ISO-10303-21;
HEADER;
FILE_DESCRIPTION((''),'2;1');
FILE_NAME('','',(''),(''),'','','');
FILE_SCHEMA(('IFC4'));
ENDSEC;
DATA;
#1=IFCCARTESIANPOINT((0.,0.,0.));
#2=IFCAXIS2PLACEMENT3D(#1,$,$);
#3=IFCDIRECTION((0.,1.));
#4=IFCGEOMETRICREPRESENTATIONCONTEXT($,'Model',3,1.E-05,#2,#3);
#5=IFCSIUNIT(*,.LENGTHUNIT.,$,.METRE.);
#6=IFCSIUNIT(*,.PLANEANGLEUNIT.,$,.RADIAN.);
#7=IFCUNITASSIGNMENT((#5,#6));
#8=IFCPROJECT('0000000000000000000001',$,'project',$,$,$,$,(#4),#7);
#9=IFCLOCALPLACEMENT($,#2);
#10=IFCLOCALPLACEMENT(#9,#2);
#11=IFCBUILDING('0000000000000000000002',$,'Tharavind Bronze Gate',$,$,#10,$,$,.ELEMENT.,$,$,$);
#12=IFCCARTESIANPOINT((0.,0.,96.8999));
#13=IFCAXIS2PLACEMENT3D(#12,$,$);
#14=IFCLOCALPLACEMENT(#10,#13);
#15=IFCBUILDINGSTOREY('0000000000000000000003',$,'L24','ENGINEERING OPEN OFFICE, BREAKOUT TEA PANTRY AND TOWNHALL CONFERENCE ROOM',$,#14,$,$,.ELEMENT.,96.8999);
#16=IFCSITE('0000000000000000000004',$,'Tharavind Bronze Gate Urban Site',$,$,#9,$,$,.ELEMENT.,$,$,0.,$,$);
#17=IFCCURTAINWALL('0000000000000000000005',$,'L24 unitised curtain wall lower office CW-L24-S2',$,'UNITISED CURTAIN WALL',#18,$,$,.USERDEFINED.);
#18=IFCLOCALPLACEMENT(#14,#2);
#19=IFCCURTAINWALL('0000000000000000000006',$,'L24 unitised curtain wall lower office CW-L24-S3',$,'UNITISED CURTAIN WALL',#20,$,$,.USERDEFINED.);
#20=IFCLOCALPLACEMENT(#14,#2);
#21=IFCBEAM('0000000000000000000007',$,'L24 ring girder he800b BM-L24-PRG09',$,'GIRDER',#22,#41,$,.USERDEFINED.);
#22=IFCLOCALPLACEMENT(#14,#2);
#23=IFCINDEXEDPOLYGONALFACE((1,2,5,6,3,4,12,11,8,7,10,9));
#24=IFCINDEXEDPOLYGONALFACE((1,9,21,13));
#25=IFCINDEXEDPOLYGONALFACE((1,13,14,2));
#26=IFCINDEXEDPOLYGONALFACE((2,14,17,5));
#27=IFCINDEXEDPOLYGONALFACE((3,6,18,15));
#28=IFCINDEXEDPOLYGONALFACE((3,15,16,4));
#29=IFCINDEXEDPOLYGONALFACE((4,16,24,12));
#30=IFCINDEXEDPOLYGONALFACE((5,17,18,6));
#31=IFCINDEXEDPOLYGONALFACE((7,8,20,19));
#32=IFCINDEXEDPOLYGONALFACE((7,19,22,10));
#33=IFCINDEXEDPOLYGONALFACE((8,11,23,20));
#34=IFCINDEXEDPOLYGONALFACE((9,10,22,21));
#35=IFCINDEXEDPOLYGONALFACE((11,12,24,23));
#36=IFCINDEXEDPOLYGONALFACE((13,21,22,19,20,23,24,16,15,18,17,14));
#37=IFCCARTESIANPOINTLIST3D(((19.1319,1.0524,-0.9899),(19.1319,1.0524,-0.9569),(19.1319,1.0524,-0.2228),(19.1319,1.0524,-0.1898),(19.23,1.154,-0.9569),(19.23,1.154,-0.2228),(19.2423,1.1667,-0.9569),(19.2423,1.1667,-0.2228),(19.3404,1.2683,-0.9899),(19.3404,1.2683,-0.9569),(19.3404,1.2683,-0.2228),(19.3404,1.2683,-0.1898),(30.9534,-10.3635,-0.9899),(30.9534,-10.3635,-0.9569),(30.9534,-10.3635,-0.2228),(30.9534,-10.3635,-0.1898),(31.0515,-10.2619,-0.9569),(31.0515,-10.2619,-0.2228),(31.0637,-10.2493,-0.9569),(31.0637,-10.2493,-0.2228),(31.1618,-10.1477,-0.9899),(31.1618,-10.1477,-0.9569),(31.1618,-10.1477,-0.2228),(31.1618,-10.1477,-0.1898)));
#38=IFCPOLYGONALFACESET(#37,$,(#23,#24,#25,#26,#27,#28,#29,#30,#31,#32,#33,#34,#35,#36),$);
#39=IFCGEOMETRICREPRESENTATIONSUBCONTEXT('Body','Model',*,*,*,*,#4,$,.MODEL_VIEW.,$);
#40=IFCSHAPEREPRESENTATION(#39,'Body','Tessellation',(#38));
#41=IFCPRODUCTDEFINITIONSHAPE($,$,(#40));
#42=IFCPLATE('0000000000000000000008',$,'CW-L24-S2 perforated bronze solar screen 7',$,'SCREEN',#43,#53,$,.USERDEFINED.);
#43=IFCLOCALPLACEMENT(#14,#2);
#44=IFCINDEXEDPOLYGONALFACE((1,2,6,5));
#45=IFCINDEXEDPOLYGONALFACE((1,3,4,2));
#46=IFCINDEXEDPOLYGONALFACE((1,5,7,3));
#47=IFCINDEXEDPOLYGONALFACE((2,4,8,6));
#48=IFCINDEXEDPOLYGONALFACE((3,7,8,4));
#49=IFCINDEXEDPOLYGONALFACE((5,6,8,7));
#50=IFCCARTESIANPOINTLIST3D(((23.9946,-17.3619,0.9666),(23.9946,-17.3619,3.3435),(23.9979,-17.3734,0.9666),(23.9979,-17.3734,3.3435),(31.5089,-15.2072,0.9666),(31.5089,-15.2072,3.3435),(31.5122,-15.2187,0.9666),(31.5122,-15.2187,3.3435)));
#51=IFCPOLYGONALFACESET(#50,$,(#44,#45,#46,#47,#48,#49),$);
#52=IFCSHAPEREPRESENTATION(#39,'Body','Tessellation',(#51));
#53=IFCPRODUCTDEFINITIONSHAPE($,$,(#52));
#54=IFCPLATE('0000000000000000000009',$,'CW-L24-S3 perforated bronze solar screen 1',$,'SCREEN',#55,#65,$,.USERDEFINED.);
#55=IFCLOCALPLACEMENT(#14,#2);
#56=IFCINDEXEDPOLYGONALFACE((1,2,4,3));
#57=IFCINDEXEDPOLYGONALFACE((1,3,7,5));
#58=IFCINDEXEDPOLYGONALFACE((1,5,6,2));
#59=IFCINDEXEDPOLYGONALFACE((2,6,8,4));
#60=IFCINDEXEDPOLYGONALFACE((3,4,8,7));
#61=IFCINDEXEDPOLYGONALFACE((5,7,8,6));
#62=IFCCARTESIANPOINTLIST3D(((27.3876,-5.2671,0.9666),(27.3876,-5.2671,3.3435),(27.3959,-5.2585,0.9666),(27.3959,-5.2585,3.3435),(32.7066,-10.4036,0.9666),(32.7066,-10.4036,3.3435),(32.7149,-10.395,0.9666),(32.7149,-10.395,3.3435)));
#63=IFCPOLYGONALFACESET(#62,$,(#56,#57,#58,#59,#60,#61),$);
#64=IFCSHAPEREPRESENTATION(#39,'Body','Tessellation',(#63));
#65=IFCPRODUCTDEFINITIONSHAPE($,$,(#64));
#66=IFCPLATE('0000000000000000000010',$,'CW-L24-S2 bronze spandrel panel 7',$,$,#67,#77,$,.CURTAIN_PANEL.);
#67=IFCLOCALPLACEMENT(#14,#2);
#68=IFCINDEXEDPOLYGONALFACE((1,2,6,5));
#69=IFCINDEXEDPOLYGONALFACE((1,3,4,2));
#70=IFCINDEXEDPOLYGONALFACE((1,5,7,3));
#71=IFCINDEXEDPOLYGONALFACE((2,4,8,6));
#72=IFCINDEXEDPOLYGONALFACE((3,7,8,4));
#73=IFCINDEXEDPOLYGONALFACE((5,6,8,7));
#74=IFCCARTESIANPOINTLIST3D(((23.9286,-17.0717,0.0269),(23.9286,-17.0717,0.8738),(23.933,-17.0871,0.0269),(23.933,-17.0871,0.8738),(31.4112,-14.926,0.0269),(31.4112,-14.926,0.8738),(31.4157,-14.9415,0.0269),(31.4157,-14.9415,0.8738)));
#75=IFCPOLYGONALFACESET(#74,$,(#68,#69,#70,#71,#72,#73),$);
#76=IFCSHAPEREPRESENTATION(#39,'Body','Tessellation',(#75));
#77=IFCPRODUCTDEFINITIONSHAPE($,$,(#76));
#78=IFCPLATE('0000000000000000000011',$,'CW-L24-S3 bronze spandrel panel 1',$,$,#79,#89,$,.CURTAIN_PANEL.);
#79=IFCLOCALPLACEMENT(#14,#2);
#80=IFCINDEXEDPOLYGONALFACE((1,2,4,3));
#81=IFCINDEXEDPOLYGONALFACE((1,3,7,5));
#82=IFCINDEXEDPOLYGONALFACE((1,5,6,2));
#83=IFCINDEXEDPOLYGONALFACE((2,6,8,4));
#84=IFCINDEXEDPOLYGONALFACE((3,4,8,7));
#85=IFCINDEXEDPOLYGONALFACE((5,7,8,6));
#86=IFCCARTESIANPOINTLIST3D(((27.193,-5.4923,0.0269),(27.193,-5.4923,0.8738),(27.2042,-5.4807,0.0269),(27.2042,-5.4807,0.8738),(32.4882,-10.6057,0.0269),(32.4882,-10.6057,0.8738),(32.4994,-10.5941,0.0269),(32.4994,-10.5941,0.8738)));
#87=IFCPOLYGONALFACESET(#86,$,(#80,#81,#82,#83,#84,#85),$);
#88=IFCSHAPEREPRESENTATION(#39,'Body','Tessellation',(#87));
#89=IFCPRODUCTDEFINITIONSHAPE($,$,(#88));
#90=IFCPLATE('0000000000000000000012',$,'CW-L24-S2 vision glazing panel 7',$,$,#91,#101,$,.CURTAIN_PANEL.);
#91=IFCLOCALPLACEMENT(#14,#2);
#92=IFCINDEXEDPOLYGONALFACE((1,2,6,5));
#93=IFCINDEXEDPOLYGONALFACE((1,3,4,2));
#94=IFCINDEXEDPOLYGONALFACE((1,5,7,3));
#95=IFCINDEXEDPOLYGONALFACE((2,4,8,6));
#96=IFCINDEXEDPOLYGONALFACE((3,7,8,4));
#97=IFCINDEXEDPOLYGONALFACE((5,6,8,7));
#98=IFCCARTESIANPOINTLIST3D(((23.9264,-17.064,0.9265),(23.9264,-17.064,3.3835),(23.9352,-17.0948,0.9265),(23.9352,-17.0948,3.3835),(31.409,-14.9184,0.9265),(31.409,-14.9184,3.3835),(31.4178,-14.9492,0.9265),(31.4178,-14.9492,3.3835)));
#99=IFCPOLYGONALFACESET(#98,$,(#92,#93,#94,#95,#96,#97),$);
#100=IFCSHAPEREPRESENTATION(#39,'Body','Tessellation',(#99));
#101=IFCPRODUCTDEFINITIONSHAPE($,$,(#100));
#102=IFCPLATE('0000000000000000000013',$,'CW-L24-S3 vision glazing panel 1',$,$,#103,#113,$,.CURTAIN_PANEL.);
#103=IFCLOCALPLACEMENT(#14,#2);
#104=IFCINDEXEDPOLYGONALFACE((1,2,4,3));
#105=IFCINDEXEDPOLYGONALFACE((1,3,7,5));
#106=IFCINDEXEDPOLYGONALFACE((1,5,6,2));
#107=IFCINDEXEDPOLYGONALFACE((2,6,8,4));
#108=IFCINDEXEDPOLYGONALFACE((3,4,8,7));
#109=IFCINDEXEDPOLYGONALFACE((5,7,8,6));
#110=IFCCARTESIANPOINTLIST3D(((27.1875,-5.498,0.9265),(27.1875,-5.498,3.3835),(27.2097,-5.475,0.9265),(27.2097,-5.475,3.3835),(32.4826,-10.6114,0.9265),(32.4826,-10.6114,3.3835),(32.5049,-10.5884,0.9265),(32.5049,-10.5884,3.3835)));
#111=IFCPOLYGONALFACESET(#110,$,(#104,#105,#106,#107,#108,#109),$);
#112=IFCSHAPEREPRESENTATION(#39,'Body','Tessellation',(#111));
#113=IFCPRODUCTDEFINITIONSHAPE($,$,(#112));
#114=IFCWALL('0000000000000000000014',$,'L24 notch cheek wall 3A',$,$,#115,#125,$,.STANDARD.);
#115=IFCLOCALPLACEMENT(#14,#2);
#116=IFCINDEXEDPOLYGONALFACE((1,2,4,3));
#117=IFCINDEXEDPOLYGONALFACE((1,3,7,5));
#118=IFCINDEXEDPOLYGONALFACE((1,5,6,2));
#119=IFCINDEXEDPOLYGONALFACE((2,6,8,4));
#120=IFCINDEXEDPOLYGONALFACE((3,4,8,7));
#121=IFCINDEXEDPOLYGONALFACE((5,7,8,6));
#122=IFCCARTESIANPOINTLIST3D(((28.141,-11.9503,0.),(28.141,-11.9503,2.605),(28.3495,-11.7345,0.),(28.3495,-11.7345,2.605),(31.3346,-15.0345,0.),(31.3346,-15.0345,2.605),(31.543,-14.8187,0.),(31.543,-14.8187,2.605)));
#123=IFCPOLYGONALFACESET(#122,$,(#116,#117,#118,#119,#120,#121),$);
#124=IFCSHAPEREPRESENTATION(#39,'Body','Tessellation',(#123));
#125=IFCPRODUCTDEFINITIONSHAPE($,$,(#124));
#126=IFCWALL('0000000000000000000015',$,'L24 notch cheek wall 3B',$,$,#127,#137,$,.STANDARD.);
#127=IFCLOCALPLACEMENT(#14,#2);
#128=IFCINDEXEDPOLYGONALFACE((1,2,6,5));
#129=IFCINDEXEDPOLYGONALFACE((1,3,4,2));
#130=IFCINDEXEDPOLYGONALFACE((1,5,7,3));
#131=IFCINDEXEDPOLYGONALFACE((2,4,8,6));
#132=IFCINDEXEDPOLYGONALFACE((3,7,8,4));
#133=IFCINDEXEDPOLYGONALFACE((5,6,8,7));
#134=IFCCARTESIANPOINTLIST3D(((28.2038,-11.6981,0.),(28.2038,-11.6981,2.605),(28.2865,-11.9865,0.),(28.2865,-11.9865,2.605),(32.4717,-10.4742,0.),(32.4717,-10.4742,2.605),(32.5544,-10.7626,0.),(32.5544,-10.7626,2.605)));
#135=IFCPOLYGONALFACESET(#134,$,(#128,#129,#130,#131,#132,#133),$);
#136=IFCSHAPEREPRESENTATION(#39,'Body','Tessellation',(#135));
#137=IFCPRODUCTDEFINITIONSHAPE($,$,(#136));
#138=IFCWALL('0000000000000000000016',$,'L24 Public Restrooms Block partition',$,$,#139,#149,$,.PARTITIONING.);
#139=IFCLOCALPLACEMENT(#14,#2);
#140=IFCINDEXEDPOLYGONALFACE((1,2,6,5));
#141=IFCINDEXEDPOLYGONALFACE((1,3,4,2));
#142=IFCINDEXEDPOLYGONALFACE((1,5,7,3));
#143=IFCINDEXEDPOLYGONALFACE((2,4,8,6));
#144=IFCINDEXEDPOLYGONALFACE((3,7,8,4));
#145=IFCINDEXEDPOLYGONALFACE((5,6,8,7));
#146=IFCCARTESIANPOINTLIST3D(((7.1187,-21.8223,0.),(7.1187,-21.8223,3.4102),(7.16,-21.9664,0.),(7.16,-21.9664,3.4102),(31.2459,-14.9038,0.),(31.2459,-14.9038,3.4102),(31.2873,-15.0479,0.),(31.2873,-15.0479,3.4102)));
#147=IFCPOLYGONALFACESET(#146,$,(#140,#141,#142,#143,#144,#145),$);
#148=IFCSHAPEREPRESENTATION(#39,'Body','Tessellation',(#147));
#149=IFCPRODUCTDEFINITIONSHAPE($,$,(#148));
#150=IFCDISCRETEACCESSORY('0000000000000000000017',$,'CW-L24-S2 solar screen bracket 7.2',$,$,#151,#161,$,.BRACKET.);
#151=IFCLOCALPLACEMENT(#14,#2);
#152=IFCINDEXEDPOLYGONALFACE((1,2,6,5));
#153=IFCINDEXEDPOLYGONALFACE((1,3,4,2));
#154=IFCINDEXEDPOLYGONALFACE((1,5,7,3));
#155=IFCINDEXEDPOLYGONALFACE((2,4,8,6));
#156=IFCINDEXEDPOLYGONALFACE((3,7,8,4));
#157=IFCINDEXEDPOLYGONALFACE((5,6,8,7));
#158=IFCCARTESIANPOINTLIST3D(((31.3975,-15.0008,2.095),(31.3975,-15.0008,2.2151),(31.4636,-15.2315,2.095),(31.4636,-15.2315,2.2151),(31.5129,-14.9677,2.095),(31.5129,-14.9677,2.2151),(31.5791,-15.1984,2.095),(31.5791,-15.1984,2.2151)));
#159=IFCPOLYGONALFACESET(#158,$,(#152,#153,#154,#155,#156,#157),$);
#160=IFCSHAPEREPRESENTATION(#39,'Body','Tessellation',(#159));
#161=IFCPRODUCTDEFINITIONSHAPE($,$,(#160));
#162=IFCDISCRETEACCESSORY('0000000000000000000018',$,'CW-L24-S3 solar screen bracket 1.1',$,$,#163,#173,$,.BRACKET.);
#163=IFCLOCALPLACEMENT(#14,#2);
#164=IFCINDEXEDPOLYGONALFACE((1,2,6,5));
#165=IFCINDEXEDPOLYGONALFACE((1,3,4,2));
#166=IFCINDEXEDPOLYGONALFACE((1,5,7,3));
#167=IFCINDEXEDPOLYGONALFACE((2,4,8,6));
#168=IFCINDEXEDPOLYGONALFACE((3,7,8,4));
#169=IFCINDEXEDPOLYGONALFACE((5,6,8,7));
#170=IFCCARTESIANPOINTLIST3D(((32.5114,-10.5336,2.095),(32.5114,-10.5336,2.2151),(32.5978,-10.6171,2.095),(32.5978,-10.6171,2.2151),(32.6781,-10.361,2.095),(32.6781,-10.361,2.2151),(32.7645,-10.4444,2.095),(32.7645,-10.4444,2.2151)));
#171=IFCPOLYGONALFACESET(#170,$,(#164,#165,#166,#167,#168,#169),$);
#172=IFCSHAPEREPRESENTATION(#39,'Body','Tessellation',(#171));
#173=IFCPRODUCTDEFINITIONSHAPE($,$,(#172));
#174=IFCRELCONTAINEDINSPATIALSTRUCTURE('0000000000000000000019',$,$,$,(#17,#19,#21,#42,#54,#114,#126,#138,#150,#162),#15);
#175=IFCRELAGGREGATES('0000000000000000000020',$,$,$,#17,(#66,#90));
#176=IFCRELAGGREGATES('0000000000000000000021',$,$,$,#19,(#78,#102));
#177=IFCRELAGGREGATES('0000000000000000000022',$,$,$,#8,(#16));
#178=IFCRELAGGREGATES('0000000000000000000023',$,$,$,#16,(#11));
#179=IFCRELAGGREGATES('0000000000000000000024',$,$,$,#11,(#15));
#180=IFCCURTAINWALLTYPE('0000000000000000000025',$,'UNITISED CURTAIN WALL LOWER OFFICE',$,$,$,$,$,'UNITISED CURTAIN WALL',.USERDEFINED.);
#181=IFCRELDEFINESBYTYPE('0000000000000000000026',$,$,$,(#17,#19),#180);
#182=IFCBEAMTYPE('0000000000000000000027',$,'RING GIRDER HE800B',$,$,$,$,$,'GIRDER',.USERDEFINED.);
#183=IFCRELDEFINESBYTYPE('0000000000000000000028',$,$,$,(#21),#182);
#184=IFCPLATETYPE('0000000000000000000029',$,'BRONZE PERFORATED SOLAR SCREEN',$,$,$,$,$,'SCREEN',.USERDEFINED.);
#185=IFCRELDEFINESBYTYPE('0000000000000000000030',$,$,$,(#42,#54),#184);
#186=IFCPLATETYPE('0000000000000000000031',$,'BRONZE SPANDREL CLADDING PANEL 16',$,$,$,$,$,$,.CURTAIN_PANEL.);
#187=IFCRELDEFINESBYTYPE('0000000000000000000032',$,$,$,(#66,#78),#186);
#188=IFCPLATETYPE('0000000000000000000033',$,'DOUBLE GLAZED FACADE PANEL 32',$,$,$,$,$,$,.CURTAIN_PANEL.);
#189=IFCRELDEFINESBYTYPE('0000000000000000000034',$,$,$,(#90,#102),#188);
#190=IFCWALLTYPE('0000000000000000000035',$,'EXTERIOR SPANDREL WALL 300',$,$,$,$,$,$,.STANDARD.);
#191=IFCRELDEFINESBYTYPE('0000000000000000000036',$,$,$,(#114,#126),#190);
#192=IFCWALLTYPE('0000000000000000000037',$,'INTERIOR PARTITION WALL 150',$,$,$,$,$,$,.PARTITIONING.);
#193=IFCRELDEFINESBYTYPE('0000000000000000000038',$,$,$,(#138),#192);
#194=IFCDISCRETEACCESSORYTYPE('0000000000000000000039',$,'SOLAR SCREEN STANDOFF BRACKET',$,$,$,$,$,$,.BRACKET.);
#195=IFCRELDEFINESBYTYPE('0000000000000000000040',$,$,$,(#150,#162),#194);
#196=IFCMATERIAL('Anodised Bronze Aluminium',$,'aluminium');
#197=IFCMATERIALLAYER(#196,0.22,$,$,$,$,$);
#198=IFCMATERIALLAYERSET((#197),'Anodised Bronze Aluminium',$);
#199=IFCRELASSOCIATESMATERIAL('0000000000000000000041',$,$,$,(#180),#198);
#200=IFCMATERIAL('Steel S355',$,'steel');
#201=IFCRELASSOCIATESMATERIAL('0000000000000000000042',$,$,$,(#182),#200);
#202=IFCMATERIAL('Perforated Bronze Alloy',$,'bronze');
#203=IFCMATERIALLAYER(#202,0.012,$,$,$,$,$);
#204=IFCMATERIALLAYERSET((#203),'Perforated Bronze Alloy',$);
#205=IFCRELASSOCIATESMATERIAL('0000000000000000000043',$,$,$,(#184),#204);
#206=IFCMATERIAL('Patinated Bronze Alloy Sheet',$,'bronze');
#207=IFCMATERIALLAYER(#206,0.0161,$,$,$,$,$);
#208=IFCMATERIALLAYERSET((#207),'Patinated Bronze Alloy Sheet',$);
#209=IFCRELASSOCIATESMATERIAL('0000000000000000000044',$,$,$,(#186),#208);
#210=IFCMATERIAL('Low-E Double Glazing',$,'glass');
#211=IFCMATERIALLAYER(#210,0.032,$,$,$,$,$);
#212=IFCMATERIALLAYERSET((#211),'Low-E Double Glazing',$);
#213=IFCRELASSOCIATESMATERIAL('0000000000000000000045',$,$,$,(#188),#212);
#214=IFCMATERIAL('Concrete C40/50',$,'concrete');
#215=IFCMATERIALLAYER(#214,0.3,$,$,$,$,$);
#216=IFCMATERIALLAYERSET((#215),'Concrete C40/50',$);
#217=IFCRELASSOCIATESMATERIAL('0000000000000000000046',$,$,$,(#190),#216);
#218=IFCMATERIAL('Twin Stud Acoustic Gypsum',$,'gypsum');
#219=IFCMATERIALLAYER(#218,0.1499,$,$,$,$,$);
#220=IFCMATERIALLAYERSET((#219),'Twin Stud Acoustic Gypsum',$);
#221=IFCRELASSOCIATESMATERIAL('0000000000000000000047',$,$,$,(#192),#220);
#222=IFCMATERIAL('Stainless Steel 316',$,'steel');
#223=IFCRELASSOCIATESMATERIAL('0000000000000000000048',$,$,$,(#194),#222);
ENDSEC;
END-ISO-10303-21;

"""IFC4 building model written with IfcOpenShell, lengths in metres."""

from ifc_helpers import new_model, si_unit, direction, frame, frame_2d, origin, origin_2d, place, context, subcontext, project, spatial, rectangle, i_section, extrude, material, layer, layer_set, material_profile, profile_set, type_object, element, aggregate, save


model = new_model("IFC4")

# Units and contexts
model_context = context("Model", 3, precision=1e-05, world=origin(), true_north=direction((0.0, 1.0)))
body_context = subcontext(model_context, "Body", "Model", "MODEL_VIEW")
ifc_project = project(units=[si_unit("LENGTHUNIT", "METRE"), si_unit("PLANEANGLEUNIT", "RADIAN")], contexts=[model_context])

# Site, building, storey
site_placement = place(None, origin())
site = spatial("IfcSite", under=ifc_project, at=site_placement, Name="Tharavind Bronze Gate Urban Site", CompositionType="ELEMENT", RefElevation=0.0)
building_placement = place(site_placement, origin())
building = spatial("IfcBuilding", under=site, at=building_placement, Name="Tharavind Bronze Gate", CompositionType="ELEMENT")
storey_placement = place(building_placement, frame((0.0, 0.0, 96.8999)))
storey = spatial("IfcBuildingStorey", under=building, at=storey_placement, Name="L24", Description="ENGINEERING OPEN OFFICE, BREAKOUT TEA PANTRY AND TOWNHALL CONFERENCE ROOM", CompositionType="ELEMENT", Elevation=96.8999)

# Curtain walls
ifc_material_1 = material(Name="Anodised Bronze Aluminium", Category="aluminium")
ifc_layer_1 = layer(ifc_material_1, 0.22)
ifc_layer_set_1 = layer_set([ifc_layer_1], Name="Anodised Bronze Aluminium")
curtain_wall_type = type_object("IfcCurtainWallType", Name="UNITISED CURTAIN WALL LOWER OFFICE", ElementType="UNITISED CURTAIN WALL", PredefinedType="USERDEFINED", material=ifc_layer_set_1)
curtain_wall_1_placement = place(storey_placement, origin())
curtain_wall_1 = element("IfcCurtainWall", 1, at=curtain_wall_1_placement, inside=storey, type_object=curtain_wall_type, Name="L24 unitised curtain wall lower office CW-L24-S2", ObjectType="UNITISED CURTAIN WALL", PredefinedType="USERDEFINED")
curtain_wall_2_placement = place(storey_placement, origin())
curtain_wall_2 = element("IfcCurtainWall", 2, at=curtain_wall_2_placement, inside=storey, type_object=curtain_wall_type, Name="L24 unitised curtain wall lower office CW-L24-S3", ObjectType="UNITISED CURTAIN WALL", PredefinedType="USERDEFINED")

# Beam
ifc_material_2 = material(Name="Steel S355", Category="steel")
ifc_material_profile_1 = material_profile(ifc_material_2, i_section(OverallWidth=0.3, OverallDepth=0.8, WebThickness=0.0176, FlangeThickness=0.033, at=origin_2d()), Name="HE800B")
ifc_profile_set_1 = profile_set([ifc_material_profile_1], Name="Steel S355")
beam_type_1 = type_object("IfcBeamType", Name="RING GIRDER HE800B", ElementType="GIRDER", PredefinedType="USERDEFINED", material=ifc_profile_set_1)
beam_1_placement = place(storey_placement, frame((31.0576, -10.2556, -0.5898), z_axis=(-0.719337, 0.694661, 0.0), x_axis=(-0.694661, -0.719337, 0.0)))
element("IfcBeam", 3, at=beam_1_placement, inside=storey, type_object=beam_type_1, Name="L24 ring girder he800b BM-L24-PRG09", ObjectType="GIRDER", PredefinedType="USERDEFINED", context=body_context, shape_type="SweptSolid", body=[
    extrude(i_section(OverallWidth=0.3, OverallDepth=0.8, WebThickness=0.0176, FlangeThickness=0.033, at=origin_2d()), origin(), (0.0, 0.0, 1.0), 16.4338),
])

# Plates
ifc_material_3 = material(Name="Perforated Bronze Alloy", Category="bronze")
ifc_layer_2 = layer(ifc_material_3, 0.012)
ifc_layer_set_2 = layer_set([ifc_layer_2], Name="Perforated Bronze Alloy")
plate_type_1 = type_object("IfcPlateType", Name="BRONZE PERFORATED SOLAR SCREEN", ElementType="SCREEN", PredefinedType="USERDEFINED", material=ifc_layer_set_2)
plate_1_placement = place(storey_placement, frame((27.7534, -16.2903, 0.9666), z_axis=(0.0, 0.0, 1.0), x_axis=(0.961262, 0.275637, 0.0)))
element("IfcPlate", 4, at=plate_1_placement, inside=storey, type_object=plate_type_1, Name="CW-L24-S2 perforated bronze solar screen 7", ObjectType="SCREEN", PredefinedType="USERDEFINED", context=body_context, shape_type="SweptSolid", body=[
    extrude(rectangle(XDim=7.8171, YDim=0.012, at=origin_2d()), origin(), (0.0, 0.0, 1.0), 2.377),
])
plate_2_placement = place(storey_placement, frame((30.0513, -7.8311, 0.9666), z_axis=(0.0, 0.0, 1.0), x_axis=(-0.719341, 0.694657, 0.0)))
element("IfcPlate", 5, at=plate_2_placement, inside=storey, type_object=plate_type_1, Name="CW-L24-S3 perforated bronze solar screen 1", ObjectType="SCREEN", PredefinedType="USERDEFINED", context=body_context, shape_type="SweptSolid", body=[
    extrude(rectangle(XDim=7.3943, YDim=0.012, at=origin_2d()), origin(), (0.0, 0.0, 1.0), 2.377),
])

# Plates
ifc_material_4 = material(Name="Patinated Bronze Alloy Sheet", Category="bronze")
ifc_layer_3 = layer(ifc_material_4, 0.0161)
ifc_layer_set_3 = layer_set([ifc_layer_3], Name="Patinated Bronze Alloy Sheet")
plate_type_2 = type_object("IfcPlateType", Name="BRONZE SPANDREL CLADDING PANEL 16", PredefinedType="CURTAIN_PANEL", material=ifc_layer_set_3)
plate_3_placement = place(storey_placement, frame((27.6721, -16.0066, 0.0269), z_axis=(0.0, 0.0, 1.0), x_axis=(0.961262, 0.275637, 0.0)))
plate_3 = element("IfcPlate", 6, at=plate_3_placement, type_object=plate_type_2, Name="CW-L24-S2 bronze spandrel panel 7", PredefinedType="CURTAIN_PANEL", context=body_context, shape_type="SweptSolid", body=[
    extrude(rectangle(XDim=7.7842, YDim=0.0161, at=origin_2d()), origin(), (0.0, 0.0, 1.0), 0.8469),
])
plate_4_placement = place(storey_placement, frame((29.8462, -8.0432, 0.0269), z_axis=(0.0, 0.0, 1.0), x_axis=(-0.719341, 0.694657, 0.0)))
plate_4 = element("IfcPlate", 7, at=plate_4_placement, type_object=plate_type_2, Name="CW-L24-S3 bronze spandrel panel 1", PredefinedType="CURTAIN_PANEL", context=body_context, shape_type="SweptSolid", body=[
    extrude(rectangle(XDim=7.3611, YDim=0.0161, at=origin_2d()), origin(), (0.0, 0.0, 1.0), 0.8469),
])
ifc_material_5 = material(Name="Low-E Double Glazing", Category="glass")
ifc_layer_4 = layer(ifc_material_5, 0.032)
ifc_layer_set_4 = layer_set([ifc_layer_4], Name="Low-E Double Glazing")
plate_type_3 = type_object("IfcPlateType", Name="DOUBLE GLAZED FACADE PANEL 32", PredefinedType="CURTAIN_PANEL", material=ifc_layer_set_4)
plate_5_placement = place(storey_placement, frame((27.6721, -16.0066, 0.9265), z_axis=(0.0, 0.0, 1.0), x_axis=(0.961262, 0.275637, 0.0)))
plate_5 = element("IfcPlate", 8, at=plate_5_placement, type_object=plate_type_3, Name="CW-L24-S2 vision glazing panel 7", PredefinedType="CURTAIN_PANEL", context=body_context, shape_type="SweptSolid", body=[
    extrude(rectangle(XDim=7.7842, YDim=0.032, at=origin_2d()), origin(), (0.0, 0.0, 1.0), 2.457),
])
aggregate(curtain_wall_1, [plate_3, plate_5])
plate_6_placement = place(storey_placement, frame((29.8462, -8.0432, 0.9265), z_axis=(0.0, 0.0, 1.0), x_axis=(-0.719341, 0.694657, 0.0)))
plate_6 = element("IfcPlate", 9, at=plate_6_placement, type_object=plate_type_3, Name="CW-L24-S3 vision glazing panel 1", PredefinedType="CURTAIN_PANEL", context=body_context, shape_type="SweptSolid", body=[
    extrude(rectangle(XDim=7.3611, YDim=0.032, at=origin_2d()), origin(), (0.0, 0.0, 1.0), 2.457),
])
aggregate(curtain_wall_2, [plate_4, plate_6])

# Walls
ifc_material_6 = material(Name="Concrete C40/50", Category="concrete")
ifc_layer_5 = layer(ifc_material_6, 0.3)
ifc_layer_set_5 = layer_set([ifc_layer_5], Name="Concrete C40/50")
wall_type_1 = type_object("IfcWallType", Name="EXTERIOR SPANDREL WALL 300", PredefinedType="STANDARD", material=ifc_layer_set_5)
wall_1_placement = place(storey_placement, frame((31.4387, -14.9265, 0.0), z_axis=(0.0, 0.0, 1.0), x_axis=(-0.719317, 0.694682, 0.0)))
element("IfcWall", 10, at=wall_1_placement, inside=storey, type_object=wall_type_1, Name="L24 notch cheek wall 3A", PredefinedType="STANDARD", context=body_context, shape_type="SweptSolid", body=[
    extrude(rectangle(XDim=4.4397, YDim=0.3, at=frame_2d((2.2197, 0.0))), origin(), (0.0, 0.0, 1.0), 2.605),
])
wall_2_placement = place(storey_placement, frame((28.2451, -11.8423, 0.0), z_axis=(0.0, 0.0, 1.0), x_axis=(0.961256, 0.275658, 0.0)))
element("IfcWall", 11, at=wall_2_placement, inside=storey, type_object=wall_type_1, Name="L24 notch cheek wall 3B", PredefinedType="STANDARD", context=body_context, shape_type="SweptSolid", body=[
    extrude(rectangle(XDim=4.4399, YDim=0.3, at=frame_2d((2.22, 0.0))), origin(), (0.0, 0.0, 1.0), 2.605),
])
ifc_material_7 = material(Name="Twin Stud Acoustic Gypsum", Category="gypsum")
ifc_layer_6 = layer(ifc_material_7, 0.1499)
ifc_layer_set_6 = layer_set([ifc_layer_6], Name="Twin Stud Acoustic Gypsum")
wall_type_2 = type_object("IfcWallType", Name="INTERIOR PARTITION WALL 150", PredefinedType="PARTITIONING", material=ifc_layer_set_6)
wall_3_placement = place(storey_placement, frame((31.2666, -14.9758, 0.0), z_axis=(0.0, 0.0, 1.0), x_axis=(-0.961261, -0.275641, 0.0)))
element("IfcWall", 12, at=wall_3_placement, inside=storey, type_object=wall_type_2, Name="L24 Public Restrooms Block partition", PredefinedType="PARTITIONING", context=body_context, shape_type="SweptSolid", body=[
    extrude(rectangle(XDim=25.0996, YDim=0.1499, at=frame_2d((12.5498, 0.0))), origin(), (0.0, 0.0, 1.0), 3.4102),
])

# Discrete accessories
ifc_material_8 = material(Name="Stainless Steel 316", Category="steel")
discrete_accessory_type = type_object("IfcDiscreteAccessoryType", Name="SOLAR SCREEN STANDOFF BRACKET", PredefinedType="BRACKET", material=ifc_material_8)
for number, where, z_axis, x_axis, name in (
    (13, (31.4883, -15.0996, 2.095), (0.0, 0.0, 1.0), (0.961262, 0.275637, 0.0), "CW-L24-S2 solar screen bracket 7.2"),
    (14, (32.6379, -10.489, 2.095), (0.0, 0.0, 1.0), (-0.719341, 0.694657, 0.0), "CW-L24-S3 solar screen bracket 1.1"),
):
    element("IfcDiscreteAccessory", number, at=place(storey_placement, frame(where, z_axis=z_axis, x_axis=x_axis)), inside=storey, type_object=discrete_accessory_type, Name=name, PredefinedType="BRACKET", context=body_context, shape_type="SweptSolid", body=[
        extrude(rectangle(XDim=0.1201, YDim=0.24, at=origin_2d()), origin(), (0.0, 0.0, 1.0), 0.1201),
    ])

save(model, "model.ifc")
